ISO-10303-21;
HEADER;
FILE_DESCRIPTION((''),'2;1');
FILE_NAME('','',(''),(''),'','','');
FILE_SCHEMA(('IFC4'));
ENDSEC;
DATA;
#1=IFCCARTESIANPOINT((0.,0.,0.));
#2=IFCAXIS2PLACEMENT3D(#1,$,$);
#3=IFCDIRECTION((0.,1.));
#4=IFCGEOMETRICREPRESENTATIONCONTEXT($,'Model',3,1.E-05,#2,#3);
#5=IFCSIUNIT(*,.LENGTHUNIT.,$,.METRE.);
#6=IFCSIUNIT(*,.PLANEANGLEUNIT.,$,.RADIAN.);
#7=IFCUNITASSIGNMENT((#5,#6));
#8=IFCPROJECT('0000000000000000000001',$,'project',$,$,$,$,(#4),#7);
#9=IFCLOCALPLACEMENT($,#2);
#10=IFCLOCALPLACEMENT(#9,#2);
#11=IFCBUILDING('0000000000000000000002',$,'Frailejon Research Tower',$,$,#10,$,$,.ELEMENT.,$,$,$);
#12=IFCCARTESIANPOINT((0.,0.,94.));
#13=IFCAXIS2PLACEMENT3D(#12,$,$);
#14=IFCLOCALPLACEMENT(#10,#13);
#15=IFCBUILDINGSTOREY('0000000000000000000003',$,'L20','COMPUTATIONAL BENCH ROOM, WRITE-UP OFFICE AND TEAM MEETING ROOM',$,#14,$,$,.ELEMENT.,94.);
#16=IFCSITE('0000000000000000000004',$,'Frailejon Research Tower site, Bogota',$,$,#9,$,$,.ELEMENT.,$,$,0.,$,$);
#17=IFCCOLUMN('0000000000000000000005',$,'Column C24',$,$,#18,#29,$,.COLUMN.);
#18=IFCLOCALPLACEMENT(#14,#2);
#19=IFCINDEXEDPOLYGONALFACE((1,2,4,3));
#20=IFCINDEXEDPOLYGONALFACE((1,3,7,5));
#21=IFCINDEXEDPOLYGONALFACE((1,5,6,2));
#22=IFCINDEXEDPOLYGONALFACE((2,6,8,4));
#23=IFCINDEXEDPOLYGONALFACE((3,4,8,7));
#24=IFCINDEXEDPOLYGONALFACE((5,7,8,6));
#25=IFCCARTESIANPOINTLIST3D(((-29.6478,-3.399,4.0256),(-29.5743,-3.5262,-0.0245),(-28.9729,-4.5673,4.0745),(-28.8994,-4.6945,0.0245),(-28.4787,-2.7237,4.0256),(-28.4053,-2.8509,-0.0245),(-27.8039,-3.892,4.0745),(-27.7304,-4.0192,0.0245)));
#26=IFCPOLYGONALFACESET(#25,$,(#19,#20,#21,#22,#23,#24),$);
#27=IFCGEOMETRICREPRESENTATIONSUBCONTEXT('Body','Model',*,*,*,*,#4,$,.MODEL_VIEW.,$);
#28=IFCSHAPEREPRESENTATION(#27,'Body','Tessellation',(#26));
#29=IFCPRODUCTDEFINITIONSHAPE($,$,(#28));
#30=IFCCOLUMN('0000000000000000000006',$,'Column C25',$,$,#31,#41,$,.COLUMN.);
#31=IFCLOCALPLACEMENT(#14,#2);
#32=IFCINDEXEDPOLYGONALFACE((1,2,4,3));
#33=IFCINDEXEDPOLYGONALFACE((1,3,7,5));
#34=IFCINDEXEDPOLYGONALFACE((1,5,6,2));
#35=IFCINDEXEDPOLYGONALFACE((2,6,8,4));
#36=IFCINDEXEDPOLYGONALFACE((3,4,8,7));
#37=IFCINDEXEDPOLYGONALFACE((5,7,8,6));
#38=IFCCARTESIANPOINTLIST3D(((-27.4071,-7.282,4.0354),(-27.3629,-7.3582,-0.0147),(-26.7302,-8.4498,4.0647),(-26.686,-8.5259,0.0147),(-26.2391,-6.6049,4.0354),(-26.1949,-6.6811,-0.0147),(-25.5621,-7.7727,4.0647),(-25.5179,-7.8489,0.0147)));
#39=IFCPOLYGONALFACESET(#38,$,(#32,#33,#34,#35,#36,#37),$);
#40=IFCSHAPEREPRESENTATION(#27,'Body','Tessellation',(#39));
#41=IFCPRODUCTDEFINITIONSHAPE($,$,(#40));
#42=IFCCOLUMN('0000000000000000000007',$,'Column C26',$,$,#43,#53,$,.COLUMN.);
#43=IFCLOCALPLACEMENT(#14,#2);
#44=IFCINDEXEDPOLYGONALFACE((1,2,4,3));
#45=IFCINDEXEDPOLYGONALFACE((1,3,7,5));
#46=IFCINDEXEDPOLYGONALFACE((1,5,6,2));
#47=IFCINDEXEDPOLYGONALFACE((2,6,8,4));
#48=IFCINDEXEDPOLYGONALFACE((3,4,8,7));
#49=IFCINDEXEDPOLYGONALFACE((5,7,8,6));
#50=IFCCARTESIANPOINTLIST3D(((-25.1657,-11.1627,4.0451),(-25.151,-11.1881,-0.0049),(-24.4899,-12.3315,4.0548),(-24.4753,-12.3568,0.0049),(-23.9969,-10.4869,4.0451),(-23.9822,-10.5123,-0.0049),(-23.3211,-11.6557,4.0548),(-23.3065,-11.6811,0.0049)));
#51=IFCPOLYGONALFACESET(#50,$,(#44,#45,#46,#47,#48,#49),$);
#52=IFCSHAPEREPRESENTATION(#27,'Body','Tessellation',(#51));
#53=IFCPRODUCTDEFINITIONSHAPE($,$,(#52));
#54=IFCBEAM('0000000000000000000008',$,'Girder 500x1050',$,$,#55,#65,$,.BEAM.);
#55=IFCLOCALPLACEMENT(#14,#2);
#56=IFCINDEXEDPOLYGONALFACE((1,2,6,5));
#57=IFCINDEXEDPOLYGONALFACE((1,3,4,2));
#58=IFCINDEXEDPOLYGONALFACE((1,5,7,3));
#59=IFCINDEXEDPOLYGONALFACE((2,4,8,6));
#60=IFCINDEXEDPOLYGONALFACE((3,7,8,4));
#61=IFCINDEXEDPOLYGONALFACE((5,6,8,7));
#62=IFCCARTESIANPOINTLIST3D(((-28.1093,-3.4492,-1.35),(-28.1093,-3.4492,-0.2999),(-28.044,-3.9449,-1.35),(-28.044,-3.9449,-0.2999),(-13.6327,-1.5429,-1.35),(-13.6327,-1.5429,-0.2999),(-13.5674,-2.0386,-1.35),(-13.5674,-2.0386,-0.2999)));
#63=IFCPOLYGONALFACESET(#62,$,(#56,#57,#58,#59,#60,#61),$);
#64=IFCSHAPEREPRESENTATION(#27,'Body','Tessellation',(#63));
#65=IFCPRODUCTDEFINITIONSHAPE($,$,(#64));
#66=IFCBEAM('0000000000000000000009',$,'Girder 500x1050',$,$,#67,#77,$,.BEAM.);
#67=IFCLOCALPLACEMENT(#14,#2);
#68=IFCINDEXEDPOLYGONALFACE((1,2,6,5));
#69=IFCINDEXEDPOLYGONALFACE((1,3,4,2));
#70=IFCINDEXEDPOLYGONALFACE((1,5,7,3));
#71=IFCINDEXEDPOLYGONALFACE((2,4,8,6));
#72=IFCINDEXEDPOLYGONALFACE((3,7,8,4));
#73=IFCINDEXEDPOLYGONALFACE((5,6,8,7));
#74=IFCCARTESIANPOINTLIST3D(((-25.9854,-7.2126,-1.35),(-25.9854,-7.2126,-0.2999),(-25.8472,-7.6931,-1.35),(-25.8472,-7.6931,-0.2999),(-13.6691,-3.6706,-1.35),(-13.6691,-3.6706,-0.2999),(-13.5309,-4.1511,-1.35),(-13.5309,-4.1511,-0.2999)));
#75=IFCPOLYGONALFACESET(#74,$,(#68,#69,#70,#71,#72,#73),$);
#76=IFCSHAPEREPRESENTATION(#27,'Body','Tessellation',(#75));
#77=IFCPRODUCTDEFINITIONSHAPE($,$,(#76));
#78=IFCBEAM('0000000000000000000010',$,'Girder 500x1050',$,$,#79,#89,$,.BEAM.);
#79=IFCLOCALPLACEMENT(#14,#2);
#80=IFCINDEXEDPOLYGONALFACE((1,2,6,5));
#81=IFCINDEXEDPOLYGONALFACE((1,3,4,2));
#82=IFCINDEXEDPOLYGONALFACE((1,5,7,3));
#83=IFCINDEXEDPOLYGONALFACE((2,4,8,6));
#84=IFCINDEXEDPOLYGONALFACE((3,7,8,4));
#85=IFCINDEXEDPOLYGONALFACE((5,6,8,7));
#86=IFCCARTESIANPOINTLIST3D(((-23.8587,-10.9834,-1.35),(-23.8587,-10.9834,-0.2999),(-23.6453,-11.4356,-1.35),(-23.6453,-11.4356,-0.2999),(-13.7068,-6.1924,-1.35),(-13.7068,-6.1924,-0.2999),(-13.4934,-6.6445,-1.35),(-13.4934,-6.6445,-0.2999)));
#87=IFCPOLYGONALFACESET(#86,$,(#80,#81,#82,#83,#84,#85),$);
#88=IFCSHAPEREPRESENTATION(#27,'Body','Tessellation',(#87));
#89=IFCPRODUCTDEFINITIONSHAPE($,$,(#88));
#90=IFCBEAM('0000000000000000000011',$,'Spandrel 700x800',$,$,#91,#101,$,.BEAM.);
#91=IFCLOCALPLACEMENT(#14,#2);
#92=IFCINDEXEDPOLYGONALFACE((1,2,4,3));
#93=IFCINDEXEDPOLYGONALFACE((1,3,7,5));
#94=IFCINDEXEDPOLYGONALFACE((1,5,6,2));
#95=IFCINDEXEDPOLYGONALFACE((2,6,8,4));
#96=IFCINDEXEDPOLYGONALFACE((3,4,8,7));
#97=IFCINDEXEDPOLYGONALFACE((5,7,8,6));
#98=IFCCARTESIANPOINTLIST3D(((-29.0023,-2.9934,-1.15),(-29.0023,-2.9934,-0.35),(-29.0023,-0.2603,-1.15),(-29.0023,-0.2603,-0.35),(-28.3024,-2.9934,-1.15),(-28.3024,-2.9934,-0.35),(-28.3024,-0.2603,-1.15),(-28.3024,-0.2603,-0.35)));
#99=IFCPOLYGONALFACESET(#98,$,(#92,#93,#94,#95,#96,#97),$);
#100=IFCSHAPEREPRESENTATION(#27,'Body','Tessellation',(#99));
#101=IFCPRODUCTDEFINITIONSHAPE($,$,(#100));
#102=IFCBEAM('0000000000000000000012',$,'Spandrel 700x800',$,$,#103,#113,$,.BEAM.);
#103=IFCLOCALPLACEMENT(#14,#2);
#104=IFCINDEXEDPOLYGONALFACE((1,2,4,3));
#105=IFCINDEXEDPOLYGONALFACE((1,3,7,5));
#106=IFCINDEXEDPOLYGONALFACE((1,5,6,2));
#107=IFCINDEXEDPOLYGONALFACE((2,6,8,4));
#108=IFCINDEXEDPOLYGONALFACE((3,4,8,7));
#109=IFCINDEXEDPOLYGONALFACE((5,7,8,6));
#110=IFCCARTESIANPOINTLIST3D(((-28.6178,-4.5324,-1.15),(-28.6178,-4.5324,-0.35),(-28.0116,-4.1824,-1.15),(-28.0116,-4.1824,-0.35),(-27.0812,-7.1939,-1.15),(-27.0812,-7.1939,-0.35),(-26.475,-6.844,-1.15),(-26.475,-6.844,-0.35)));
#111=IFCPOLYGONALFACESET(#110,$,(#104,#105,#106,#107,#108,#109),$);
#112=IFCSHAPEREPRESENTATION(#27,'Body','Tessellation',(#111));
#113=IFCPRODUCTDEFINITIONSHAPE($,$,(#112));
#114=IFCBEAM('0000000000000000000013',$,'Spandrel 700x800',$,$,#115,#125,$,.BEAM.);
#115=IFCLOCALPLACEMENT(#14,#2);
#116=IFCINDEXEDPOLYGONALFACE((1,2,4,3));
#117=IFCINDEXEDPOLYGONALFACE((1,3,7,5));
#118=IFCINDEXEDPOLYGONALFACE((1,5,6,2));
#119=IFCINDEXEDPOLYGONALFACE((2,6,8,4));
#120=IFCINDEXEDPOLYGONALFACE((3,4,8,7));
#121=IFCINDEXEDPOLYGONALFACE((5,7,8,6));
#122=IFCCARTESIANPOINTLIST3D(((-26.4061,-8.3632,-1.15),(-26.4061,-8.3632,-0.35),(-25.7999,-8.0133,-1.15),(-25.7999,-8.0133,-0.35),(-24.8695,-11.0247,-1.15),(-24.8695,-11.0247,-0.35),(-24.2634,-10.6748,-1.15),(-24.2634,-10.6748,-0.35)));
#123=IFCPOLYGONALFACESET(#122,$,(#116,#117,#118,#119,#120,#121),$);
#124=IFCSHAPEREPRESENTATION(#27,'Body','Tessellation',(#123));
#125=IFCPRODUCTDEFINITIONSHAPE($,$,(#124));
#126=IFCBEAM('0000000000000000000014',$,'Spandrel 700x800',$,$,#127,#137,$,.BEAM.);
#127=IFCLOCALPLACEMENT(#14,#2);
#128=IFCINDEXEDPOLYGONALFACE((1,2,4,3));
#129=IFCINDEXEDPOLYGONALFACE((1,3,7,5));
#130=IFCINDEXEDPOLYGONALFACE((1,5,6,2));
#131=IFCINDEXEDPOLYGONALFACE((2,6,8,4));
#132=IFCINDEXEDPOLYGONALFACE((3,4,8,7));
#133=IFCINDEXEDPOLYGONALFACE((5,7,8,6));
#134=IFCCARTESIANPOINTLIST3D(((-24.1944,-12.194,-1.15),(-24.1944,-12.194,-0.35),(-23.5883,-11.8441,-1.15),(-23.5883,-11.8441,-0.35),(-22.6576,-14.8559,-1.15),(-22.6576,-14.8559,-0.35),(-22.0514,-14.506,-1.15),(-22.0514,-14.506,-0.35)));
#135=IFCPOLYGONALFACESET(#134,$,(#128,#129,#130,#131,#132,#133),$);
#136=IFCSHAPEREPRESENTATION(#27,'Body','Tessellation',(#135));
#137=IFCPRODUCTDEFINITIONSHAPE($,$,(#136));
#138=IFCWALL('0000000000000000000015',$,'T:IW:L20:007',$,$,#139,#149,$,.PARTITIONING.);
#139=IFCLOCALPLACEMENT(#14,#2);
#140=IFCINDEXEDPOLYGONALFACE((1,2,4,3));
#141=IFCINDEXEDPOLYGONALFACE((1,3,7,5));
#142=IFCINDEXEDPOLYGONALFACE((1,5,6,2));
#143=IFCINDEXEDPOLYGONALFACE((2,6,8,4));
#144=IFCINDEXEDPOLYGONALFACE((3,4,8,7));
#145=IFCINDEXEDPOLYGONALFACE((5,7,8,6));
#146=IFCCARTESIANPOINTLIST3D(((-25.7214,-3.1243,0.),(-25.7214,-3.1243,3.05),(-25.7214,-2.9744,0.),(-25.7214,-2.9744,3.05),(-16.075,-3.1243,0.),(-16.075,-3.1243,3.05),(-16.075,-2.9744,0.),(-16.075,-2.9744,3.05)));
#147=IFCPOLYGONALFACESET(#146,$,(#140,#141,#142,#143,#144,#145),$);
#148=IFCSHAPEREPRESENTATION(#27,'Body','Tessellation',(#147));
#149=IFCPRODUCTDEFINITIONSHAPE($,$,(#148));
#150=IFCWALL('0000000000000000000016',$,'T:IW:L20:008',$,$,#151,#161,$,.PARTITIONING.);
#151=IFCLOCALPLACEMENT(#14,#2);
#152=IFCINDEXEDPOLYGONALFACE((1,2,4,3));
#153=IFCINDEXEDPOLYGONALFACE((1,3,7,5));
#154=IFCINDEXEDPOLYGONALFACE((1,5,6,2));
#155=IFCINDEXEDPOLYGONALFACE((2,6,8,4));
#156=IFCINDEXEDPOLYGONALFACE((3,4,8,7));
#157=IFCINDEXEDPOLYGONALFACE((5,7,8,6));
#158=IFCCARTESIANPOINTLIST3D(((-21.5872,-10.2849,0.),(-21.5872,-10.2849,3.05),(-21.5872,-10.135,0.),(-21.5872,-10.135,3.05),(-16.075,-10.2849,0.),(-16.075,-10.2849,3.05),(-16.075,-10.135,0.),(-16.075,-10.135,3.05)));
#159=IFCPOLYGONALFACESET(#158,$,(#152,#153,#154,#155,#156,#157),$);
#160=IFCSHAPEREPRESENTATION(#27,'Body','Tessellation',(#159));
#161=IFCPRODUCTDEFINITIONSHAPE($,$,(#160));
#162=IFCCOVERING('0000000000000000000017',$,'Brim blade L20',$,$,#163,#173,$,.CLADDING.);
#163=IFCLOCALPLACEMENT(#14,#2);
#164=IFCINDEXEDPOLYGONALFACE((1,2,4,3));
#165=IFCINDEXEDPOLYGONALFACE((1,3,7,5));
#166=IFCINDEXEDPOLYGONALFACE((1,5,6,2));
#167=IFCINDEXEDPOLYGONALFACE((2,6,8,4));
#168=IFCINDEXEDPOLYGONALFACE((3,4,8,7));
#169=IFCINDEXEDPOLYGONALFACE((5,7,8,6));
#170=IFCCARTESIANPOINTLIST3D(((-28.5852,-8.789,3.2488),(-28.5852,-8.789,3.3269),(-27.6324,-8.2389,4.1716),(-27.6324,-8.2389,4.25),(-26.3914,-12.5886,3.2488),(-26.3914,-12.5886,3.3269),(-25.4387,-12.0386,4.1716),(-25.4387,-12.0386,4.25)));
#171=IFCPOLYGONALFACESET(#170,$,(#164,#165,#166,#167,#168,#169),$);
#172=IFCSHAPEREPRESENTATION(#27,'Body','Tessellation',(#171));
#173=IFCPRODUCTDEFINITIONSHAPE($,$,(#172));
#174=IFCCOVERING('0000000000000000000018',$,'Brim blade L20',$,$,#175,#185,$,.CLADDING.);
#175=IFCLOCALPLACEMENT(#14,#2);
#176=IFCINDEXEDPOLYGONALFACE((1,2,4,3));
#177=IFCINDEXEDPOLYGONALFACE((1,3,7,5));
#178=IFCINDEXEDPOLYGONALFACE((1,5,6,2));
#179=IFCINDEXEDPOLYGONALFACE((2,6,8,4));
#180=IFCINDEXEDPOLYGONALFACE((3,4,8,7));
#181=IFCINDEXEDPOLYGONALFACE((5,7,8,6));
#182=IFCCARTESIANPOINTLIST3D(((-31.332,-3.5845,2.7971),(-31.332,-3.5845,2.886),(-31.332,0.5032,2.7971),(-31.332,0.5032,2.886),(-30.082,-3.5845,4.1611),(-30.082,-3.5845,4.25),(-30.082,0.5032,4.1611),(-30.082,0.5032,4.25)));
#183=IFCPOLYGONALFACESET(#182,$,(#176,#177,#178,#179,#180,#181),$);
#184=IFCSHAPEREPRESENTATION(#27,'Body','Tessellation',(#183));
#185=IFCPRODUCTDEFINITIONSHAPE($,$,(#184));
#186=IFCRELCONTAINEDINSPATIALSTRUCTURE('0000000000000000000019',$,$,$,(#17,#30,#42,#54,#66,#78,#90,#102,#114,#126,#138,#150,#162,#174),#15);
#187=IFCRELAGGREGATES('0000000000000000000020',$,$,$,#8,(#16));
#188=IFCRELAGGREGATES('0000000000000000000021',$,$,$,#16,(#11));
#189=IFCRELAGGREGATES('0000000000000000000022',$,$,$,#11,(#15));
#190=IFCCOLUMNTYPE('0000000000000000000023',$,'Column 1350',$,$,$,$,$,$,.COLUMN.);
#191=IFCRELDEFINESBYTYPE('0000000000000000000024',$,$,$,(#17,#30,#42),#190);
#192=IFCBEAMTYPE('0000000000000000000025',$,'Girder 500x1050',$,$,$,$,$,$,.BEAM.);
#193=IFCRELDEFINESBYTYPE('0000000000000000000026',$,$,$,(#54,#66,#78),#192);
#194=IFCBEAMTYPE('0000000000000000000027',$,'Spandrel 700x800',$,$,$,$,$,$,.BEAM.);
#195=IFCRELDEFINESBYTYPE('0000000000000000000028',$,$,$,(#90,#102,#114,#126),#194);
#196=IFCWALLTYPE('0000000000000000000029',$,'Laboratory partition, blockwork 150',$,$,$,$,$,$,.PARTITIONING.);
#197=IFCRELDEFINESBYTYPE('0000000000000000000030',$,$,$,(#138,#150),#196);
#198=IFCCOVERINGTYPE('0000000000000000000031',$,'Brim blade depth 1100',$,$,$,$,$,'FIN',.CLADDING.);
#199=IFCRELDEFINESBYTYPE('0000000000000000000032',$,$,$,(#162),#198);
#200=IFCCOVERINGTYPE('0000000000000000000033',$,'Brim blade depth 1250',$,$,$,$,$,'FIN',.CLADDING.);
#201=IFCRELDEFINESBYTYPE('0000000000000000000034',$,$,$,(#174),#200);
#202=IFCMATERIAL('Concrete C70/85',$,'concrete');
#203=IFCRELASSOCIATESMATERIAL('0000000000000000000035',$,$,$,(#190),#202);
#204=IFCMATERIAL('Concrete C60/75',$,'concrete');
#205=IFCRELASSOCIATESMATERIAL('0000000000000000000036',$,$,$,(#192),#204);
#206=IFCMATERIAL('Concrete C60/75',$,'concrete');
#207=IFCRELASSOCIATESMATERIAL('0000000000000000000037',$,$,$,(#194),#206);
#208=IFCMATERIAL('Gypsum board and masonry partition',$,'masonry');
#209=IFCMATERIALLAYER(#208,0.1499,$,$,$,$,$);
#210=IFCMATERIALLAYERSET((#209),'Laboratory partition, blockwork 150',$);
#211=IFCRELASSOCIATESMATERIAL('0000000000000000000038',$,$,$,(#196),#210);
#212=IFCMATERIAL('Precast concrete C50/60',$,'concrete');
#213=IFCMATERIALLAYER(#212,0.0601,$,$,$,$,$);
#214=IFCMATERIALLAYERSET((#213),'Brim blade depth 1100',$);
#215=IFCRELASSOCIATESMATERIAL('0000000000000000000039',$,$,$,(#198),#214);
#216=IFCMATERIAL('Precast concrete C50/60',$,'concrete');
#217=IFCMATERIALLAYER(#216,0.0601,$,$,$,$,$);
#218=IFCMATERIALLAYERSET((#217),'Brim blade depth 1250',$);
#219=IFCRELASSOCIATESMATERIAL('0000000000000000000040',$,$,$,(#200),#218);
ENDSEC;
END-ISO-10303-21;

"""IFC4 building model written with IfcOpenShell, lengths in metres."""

from ifc_helpers import new_model, si_unit, direction, frame, frame_2d, origin, origin_2d, place, context, subcontext, project, spatial, polyline, rectangle, outline, extrude, material, layer, layer_set, material_profile, profile_set, type_object, element, save


model = new_model("IFC4")

# Units and contexts
model_context = context("Model", 3, precision=1e-05, world=origin(), true_north=direction((0.0, 1.0)))
body_context = subcontext(model_context, "Body", "Model", "MODEL_VIEW")
ifc_project = project(units=[si_unit("LENGTHUNIT", "METRE"), si_unit("PLANEANGLEUNIT", "RADIAN")], contexts=[model_context])

# Site, building, storey
site_placement = place(None, origin())
site = spatial("IfcSite", under=ifc_project, at=site_placement, Name="Frailejon Research Tower site, Bogota", CompositionType="ELEMENT", RefElevation=0.0)
building_placement = place(site_placement, origin())
building = spatial("IfcBuilding", under=site, at=building_placement, Name="Frailejon Research Tower", CompositionType="ELEMENT")
storey_placement = place(building_placement, frame((0.0, 0.0, 94.0)))
storey = spatial("IfcBuildingStorey", under=building, at=storey_placement, Name="L20", Description="COMPUTATIONAL BENCH ROOM, WRITE-UP OFFICE AND TEAM MEETING ROOM", CompositionType="ELEMENT", Elevation=94.0)

# Columns
ifc_material_1 = material(Name="Concrete C70/85", Category="concrete")
ifc_material_profile_1 = material_profile(ifc_material_1, rectangle(XDim=1.3501, YDim=1.3501, at=origin_2d()), Name="Column 1350")
ifc_profile_set_1 = profile_set([ifc_material_profile_1], Name="Concrete C70/85")
column_type = type_object("IfcColumnType", Name="Column 1350", PredefinedType="COLUMN", material=ifc_profile_set_1)
column_1_placement = place(storey_placement, frame((-28.6523, -3.7727, 0.0), z_axis=(-0.018133, 0.031386, 0.999343), x_axis=(0.499873, -0.86534, 0.036247)))
element("IfcColumn", 1, at=column_1_placement, inside=storey, type_object=column_type, Name="Column C24", PredefinedType="COLUMN", context=body_context, shape_type="SweptSolid", body=[
    extrude(rectangle(XDim=1.3501, YDim=1.3501, at=origin_2d()), origin(), (0.0, 0.0, 1.0), 4.0527),
])
column_2_placement = place(storey_placement, frame((-26.4404, -7.6035, 0.0), z_axis=(-0.010908, 0.018803, 0.999764), x_axis=(0.501388, -0.864949, 0.021738)))
element("IfcColumn", 2, at=column_2_placement, inside=storey, type_object=column_type, Name="Column C25", PredefinedType="COLUMN", context=body_context, shape_type="SweptSolid", body=[
    extrude(rectangle(XDim=1.3501, YDim=1.3501, at=origin_2d()), origin(), (0.0, 0.0, 1.0), 4.051),
])
column_3_placement = place(storey_placement, frame((-24.2288, -11.4346, 0.0), z_axis=(-0.003617, 0.006269, 0.999974), x_axis=(0.50053, -0.865689, 0.007238)))
element("IfcColumn", 3, at=column_3_placement, inside=storey, type_object=column_type, Name="Column C26", PredefinedType="COLUMN", context=body_context, shape_type="SweptSolid", body=[
    extrude(rectangle(XDim=1.3501, YDim=1.3501, at=origin_2d()), origin(), (0.0, 0.0, 1.0), 4.05),
])

# Beams
ifc_material_2 = material(Name="Concrete C60/75", Category="concrete")
ifc_material_profile_2 = material_profile(ifc_material_2, rectangle(XDim=0.5, YDim=1.05, at=origin_2d()), Name="Girder 500x1050")
ifc_profile_set_2 = profile_set([ifc_material_profile_2], Name="Concrete C60/75")
beam_type_1 = type_object("IfcBeamType", Name="Girder 500x1050", PredefinedType="BEAM", material=ifc_profile_set_2)
beam_1_placement = place(storey_placement, frame((-28.0767, -3.697, -0.825), z_axis=(0.991442, 0.130551, 0.0), x_axis=(-0.130551, 0.991442, 0.0)))
element("IfcBeam", 4, at=beam_1_placement, inside=storey, type_object=beam_type_1, Name="Girder 500x1050", PredefinedType="BEAM", context=body_context, shape_type="SweptSolid", body=[
    extrude(rectangle(XDim=0.5, YDim=1.05, at=origin_2d()), origin(), (0.0, 0.0, 1.0), 14.6016),
])
beam_2_placement = place(storey_placement, frame((-25.9163, -7.4529, -0.825), z_axis=(0.961047, 0.276386, 0.0), x_axis=(-0.276386, 0.961047, 0.0)))
element("IfcBeam", 5, at=beam_2_placement, inside=storey, type_object=beam_type_1, Name="Girder 500x1050", PredefinedType="BEAM", context=body_context, shape_type="SweptSolid", body=[
    extrude(rectangle(XDim=0.5, YDim=1.05, at=origin_2d()), origin(), (0.0, 0.0, 1.0), 12.8154),
])
beam_3_placement = place(storey_placement, frame((-23.752, -11.2095, -0.825), z_axis=(0.904349, 0.426794, 0.0), x_axis=(-0.426794, 0.904349, 0.0)))
element("IfcBeam", 6, at=beam_3_placement, inside=storey, type_object=beam_type_1, Name="Girder 500x1050", PredefinedType="BEAM", context=body_context, shape_type="SweptSolid", body=[
    extrude(rectangle(XDim=0.5, YDim=1.05, at=origin_2d()), origin(), (0.0, 0.0, 1.0), 11.2256),
])
ifc_material_3 = material(Name="Concrete C60/75", Category="concrete")
ifc_material_profile_3 = material_profile(ifc_material_3, rectangle(XDim=0.7, YDim=0.8, at=origin_2d()), Name="Spandrel 700x800")
ifc_profile_set_3 = profile_set([ifc_material_profile_3], Name="Concrete C60/75")
beam_type_2 = type_object("IfcBeamType", Name="Spandrel 700x800", PredefinedType="BEAM", material=ifc_profile_set_3)
beam_4_placement = place(storey_placement, frame((-28.6523, -0.2603, -0.75), z_axis=(0.0, -1.0, 0.0), x_axis=(1.0, 0.0, 0.0)))
element("IfcBeam", 7, at=beam_4_placement, inside=storey, type_object=beam_type_2, Name="Spandrel 700x800", PredefinedType="BEAM", context=body_context, shape_type="SweptSolid", body=[
    extrude(rectangle(XDim=0.7, YDim=0.8, at=origin_2d()), origin(), (0.0, 0.0, 1.0), 2.7332),
])
for number, where, z_axis, x_axis, name in (
    (8, (-28.3147, -4.3574, -0.75), (0.499984, -0.866035, 0.0), (0.866035, 0.499984, 0.0), "Spandrel 700x800"),
    (9, (-26.103, -8.1882, -0.75), (0.499984, -0.866035, 0.0), (0.866035, 0.499984, 0.0), "Spandrel 700x800"),
):
    element("IfcBeam", number, at=place(storey_placement, frame(where, z_axis=z_axis, x_axis=x_axis)), inside=storey, type_object=beam_type_2, Name=name, PredefinedType="BEAM", context=body_context, shape_type="SweptSolid", body=[
        extrude(rectangle(XDim=0.7, YDim=0.8, at=origin_2d()), origin(), (0.0, 0.0, 1.0), 3.0732),
    ])
beam_5_placement = place(storey_placement, frame((-23.8914, -12.019, -0.75), z_axis=(0.500009, -0.86602, 0.0), x_axis=(0.86602, 0.500009, 0.0)))
element("IfcBeam", 10, at=beam_5_placement, inside=storey, type_object=beam_type_2, Name="Spandrel 700x800", PredefinedType="BEAM", context=body_context, shape_type="SweptSolid", body=[
    extrude(rectangle(XDim=0.7, YDim=0.8, at=origin_2d()), origin(), (0.0, 0.0, 1.0), 3.0737),
])

# Walls
ifc_material_4 = material(Name="Gypsum board and masonry partition", Category="masonry")
ifc_layer_1 = layer(ifc_material_4, 0.1499)
ifc_layer_set_1 = layer_set([ifc_layer_1], Name="Laboratory partition, blockwork 150")
wall_type_1 = type_object("IfcWallType", Name="Laboratory partition, blockwork 150", PredefinedType="PARTITIONING", material=ifc_layer_set_1)
wall_1_placement = place(storey_placement, frame((-25.7214, -3.0493, 0.0), z_axis=(0.0, 0.0, 1.0), x_axis=(1.0, 0.0, 0.0)))
element("IfcWall", 11, at=wall_1_placement, inside=storey, type_object=wall_type_1, Name="T:IW:L20:007", PredefinedType="PARTITIONING", context=body_context, shape_type="SweptSolid", body=[
    extrude(rectangle(XDim=9.6465, YDim=0.1499, at=frame_2d((4.8232, 0.0))), origin(), (0.0, 0.0, 1.0), 3.05),
])
wall_2_placement = place(storey_placement, frame((-21.5872, -10.21, 0.0), z_axis=(0.0, 0.0, 1.0), x_axis=(1.0, 0.0, 0.0)))
element("IfcWall", 12, at=wall_2_placement, inside=storey, type_object=wall_type_1, Name="T:IW:L20:008", PredefinedType="PARTITIONING", context=body_context, shape_type="SweptSolid", body=[
    extrude(rectangle(XDim=5.5122, YDim=0.1499, at=frame_2d((2.7561, 0.0))), origin(), (0.0, 0.0, 1.0), 3.05),
])

# Coverings
ifc_material_5 = material(Name="Precast concrete C50/60", Category="concrete")
ifc_layer_2 = layer(ifc_material_5, 0.0601)
ifc_layer_set_2 = layer_set([ifc_layer_2], Name="Brim blade depth 1100")
covering_type_1 = type_object("IfcCoveringType", Name="Brim blade depth 1100", ElementType="FIN", PredefinedType="CLADDING", material=ifc_layer_set_2)
covering_1_placement = place(storey_placement, frame((-25.4387, -12.0386, 4.25), z_axis=(-0.5, 0.866025, 0.0), x_axis=(-0.866025, -0.5, 0.0)))
element("IfcCovering", 13, at=covering_1_placement, inside=storey, type_object=covering_type_1, Name="Brim blade L20", PredefinedType="CLADDING", context=body_context, shape_type="SweptSolid", body=[
    extrude(outline(polyline([(0.0, -0.0784), (1.1001, -1.0012), (1.1001, -0.9231), (0.0, 0.0), (0.0, -0.0784)])), origin(), (0.0, 0.0, 1.0), 4.3875),
])
ifc_material_6 = material(Name="Precast concrete C50/60", Category="concrete")
ifc_layer_3 = layer(ifc_material_6, 0.0601)
ifc_layer_set_3 = layer_set([ifc_layer_3], Name="Brim blade depth 1250")
covering_type_2 = type_object("IfcCoveringType", Name="Brim blade depth 1250", ElementType="FIN", PredefinedType="CLADDING", material=ifc_layer_set_3)
covering_2_placement = place(storey_placement, frame((-30.082, -3.5845, 4.25), z_axis=(0.0, 1.0, 0.0), x_axis=(-1.0, 0.0, 0.0)))
element("IfcCovering", 14, at=covering_2_placement, inside=storey, type_object=covering_type_2, Name="Brim blade L20", PredefinedType="CLADDING", context=body_context, shape_type="SweptSolid", body=[
    extrude(outline(polyline([(0.0, -0.0889), (1.25, -1.4529), (1.25, -1.364), (0.0, 0.0), (0.0, -0.0889)])), origin(), (0.0, 0.0, 1.0), 4.0876),
])

save(model, "model.ifc")
